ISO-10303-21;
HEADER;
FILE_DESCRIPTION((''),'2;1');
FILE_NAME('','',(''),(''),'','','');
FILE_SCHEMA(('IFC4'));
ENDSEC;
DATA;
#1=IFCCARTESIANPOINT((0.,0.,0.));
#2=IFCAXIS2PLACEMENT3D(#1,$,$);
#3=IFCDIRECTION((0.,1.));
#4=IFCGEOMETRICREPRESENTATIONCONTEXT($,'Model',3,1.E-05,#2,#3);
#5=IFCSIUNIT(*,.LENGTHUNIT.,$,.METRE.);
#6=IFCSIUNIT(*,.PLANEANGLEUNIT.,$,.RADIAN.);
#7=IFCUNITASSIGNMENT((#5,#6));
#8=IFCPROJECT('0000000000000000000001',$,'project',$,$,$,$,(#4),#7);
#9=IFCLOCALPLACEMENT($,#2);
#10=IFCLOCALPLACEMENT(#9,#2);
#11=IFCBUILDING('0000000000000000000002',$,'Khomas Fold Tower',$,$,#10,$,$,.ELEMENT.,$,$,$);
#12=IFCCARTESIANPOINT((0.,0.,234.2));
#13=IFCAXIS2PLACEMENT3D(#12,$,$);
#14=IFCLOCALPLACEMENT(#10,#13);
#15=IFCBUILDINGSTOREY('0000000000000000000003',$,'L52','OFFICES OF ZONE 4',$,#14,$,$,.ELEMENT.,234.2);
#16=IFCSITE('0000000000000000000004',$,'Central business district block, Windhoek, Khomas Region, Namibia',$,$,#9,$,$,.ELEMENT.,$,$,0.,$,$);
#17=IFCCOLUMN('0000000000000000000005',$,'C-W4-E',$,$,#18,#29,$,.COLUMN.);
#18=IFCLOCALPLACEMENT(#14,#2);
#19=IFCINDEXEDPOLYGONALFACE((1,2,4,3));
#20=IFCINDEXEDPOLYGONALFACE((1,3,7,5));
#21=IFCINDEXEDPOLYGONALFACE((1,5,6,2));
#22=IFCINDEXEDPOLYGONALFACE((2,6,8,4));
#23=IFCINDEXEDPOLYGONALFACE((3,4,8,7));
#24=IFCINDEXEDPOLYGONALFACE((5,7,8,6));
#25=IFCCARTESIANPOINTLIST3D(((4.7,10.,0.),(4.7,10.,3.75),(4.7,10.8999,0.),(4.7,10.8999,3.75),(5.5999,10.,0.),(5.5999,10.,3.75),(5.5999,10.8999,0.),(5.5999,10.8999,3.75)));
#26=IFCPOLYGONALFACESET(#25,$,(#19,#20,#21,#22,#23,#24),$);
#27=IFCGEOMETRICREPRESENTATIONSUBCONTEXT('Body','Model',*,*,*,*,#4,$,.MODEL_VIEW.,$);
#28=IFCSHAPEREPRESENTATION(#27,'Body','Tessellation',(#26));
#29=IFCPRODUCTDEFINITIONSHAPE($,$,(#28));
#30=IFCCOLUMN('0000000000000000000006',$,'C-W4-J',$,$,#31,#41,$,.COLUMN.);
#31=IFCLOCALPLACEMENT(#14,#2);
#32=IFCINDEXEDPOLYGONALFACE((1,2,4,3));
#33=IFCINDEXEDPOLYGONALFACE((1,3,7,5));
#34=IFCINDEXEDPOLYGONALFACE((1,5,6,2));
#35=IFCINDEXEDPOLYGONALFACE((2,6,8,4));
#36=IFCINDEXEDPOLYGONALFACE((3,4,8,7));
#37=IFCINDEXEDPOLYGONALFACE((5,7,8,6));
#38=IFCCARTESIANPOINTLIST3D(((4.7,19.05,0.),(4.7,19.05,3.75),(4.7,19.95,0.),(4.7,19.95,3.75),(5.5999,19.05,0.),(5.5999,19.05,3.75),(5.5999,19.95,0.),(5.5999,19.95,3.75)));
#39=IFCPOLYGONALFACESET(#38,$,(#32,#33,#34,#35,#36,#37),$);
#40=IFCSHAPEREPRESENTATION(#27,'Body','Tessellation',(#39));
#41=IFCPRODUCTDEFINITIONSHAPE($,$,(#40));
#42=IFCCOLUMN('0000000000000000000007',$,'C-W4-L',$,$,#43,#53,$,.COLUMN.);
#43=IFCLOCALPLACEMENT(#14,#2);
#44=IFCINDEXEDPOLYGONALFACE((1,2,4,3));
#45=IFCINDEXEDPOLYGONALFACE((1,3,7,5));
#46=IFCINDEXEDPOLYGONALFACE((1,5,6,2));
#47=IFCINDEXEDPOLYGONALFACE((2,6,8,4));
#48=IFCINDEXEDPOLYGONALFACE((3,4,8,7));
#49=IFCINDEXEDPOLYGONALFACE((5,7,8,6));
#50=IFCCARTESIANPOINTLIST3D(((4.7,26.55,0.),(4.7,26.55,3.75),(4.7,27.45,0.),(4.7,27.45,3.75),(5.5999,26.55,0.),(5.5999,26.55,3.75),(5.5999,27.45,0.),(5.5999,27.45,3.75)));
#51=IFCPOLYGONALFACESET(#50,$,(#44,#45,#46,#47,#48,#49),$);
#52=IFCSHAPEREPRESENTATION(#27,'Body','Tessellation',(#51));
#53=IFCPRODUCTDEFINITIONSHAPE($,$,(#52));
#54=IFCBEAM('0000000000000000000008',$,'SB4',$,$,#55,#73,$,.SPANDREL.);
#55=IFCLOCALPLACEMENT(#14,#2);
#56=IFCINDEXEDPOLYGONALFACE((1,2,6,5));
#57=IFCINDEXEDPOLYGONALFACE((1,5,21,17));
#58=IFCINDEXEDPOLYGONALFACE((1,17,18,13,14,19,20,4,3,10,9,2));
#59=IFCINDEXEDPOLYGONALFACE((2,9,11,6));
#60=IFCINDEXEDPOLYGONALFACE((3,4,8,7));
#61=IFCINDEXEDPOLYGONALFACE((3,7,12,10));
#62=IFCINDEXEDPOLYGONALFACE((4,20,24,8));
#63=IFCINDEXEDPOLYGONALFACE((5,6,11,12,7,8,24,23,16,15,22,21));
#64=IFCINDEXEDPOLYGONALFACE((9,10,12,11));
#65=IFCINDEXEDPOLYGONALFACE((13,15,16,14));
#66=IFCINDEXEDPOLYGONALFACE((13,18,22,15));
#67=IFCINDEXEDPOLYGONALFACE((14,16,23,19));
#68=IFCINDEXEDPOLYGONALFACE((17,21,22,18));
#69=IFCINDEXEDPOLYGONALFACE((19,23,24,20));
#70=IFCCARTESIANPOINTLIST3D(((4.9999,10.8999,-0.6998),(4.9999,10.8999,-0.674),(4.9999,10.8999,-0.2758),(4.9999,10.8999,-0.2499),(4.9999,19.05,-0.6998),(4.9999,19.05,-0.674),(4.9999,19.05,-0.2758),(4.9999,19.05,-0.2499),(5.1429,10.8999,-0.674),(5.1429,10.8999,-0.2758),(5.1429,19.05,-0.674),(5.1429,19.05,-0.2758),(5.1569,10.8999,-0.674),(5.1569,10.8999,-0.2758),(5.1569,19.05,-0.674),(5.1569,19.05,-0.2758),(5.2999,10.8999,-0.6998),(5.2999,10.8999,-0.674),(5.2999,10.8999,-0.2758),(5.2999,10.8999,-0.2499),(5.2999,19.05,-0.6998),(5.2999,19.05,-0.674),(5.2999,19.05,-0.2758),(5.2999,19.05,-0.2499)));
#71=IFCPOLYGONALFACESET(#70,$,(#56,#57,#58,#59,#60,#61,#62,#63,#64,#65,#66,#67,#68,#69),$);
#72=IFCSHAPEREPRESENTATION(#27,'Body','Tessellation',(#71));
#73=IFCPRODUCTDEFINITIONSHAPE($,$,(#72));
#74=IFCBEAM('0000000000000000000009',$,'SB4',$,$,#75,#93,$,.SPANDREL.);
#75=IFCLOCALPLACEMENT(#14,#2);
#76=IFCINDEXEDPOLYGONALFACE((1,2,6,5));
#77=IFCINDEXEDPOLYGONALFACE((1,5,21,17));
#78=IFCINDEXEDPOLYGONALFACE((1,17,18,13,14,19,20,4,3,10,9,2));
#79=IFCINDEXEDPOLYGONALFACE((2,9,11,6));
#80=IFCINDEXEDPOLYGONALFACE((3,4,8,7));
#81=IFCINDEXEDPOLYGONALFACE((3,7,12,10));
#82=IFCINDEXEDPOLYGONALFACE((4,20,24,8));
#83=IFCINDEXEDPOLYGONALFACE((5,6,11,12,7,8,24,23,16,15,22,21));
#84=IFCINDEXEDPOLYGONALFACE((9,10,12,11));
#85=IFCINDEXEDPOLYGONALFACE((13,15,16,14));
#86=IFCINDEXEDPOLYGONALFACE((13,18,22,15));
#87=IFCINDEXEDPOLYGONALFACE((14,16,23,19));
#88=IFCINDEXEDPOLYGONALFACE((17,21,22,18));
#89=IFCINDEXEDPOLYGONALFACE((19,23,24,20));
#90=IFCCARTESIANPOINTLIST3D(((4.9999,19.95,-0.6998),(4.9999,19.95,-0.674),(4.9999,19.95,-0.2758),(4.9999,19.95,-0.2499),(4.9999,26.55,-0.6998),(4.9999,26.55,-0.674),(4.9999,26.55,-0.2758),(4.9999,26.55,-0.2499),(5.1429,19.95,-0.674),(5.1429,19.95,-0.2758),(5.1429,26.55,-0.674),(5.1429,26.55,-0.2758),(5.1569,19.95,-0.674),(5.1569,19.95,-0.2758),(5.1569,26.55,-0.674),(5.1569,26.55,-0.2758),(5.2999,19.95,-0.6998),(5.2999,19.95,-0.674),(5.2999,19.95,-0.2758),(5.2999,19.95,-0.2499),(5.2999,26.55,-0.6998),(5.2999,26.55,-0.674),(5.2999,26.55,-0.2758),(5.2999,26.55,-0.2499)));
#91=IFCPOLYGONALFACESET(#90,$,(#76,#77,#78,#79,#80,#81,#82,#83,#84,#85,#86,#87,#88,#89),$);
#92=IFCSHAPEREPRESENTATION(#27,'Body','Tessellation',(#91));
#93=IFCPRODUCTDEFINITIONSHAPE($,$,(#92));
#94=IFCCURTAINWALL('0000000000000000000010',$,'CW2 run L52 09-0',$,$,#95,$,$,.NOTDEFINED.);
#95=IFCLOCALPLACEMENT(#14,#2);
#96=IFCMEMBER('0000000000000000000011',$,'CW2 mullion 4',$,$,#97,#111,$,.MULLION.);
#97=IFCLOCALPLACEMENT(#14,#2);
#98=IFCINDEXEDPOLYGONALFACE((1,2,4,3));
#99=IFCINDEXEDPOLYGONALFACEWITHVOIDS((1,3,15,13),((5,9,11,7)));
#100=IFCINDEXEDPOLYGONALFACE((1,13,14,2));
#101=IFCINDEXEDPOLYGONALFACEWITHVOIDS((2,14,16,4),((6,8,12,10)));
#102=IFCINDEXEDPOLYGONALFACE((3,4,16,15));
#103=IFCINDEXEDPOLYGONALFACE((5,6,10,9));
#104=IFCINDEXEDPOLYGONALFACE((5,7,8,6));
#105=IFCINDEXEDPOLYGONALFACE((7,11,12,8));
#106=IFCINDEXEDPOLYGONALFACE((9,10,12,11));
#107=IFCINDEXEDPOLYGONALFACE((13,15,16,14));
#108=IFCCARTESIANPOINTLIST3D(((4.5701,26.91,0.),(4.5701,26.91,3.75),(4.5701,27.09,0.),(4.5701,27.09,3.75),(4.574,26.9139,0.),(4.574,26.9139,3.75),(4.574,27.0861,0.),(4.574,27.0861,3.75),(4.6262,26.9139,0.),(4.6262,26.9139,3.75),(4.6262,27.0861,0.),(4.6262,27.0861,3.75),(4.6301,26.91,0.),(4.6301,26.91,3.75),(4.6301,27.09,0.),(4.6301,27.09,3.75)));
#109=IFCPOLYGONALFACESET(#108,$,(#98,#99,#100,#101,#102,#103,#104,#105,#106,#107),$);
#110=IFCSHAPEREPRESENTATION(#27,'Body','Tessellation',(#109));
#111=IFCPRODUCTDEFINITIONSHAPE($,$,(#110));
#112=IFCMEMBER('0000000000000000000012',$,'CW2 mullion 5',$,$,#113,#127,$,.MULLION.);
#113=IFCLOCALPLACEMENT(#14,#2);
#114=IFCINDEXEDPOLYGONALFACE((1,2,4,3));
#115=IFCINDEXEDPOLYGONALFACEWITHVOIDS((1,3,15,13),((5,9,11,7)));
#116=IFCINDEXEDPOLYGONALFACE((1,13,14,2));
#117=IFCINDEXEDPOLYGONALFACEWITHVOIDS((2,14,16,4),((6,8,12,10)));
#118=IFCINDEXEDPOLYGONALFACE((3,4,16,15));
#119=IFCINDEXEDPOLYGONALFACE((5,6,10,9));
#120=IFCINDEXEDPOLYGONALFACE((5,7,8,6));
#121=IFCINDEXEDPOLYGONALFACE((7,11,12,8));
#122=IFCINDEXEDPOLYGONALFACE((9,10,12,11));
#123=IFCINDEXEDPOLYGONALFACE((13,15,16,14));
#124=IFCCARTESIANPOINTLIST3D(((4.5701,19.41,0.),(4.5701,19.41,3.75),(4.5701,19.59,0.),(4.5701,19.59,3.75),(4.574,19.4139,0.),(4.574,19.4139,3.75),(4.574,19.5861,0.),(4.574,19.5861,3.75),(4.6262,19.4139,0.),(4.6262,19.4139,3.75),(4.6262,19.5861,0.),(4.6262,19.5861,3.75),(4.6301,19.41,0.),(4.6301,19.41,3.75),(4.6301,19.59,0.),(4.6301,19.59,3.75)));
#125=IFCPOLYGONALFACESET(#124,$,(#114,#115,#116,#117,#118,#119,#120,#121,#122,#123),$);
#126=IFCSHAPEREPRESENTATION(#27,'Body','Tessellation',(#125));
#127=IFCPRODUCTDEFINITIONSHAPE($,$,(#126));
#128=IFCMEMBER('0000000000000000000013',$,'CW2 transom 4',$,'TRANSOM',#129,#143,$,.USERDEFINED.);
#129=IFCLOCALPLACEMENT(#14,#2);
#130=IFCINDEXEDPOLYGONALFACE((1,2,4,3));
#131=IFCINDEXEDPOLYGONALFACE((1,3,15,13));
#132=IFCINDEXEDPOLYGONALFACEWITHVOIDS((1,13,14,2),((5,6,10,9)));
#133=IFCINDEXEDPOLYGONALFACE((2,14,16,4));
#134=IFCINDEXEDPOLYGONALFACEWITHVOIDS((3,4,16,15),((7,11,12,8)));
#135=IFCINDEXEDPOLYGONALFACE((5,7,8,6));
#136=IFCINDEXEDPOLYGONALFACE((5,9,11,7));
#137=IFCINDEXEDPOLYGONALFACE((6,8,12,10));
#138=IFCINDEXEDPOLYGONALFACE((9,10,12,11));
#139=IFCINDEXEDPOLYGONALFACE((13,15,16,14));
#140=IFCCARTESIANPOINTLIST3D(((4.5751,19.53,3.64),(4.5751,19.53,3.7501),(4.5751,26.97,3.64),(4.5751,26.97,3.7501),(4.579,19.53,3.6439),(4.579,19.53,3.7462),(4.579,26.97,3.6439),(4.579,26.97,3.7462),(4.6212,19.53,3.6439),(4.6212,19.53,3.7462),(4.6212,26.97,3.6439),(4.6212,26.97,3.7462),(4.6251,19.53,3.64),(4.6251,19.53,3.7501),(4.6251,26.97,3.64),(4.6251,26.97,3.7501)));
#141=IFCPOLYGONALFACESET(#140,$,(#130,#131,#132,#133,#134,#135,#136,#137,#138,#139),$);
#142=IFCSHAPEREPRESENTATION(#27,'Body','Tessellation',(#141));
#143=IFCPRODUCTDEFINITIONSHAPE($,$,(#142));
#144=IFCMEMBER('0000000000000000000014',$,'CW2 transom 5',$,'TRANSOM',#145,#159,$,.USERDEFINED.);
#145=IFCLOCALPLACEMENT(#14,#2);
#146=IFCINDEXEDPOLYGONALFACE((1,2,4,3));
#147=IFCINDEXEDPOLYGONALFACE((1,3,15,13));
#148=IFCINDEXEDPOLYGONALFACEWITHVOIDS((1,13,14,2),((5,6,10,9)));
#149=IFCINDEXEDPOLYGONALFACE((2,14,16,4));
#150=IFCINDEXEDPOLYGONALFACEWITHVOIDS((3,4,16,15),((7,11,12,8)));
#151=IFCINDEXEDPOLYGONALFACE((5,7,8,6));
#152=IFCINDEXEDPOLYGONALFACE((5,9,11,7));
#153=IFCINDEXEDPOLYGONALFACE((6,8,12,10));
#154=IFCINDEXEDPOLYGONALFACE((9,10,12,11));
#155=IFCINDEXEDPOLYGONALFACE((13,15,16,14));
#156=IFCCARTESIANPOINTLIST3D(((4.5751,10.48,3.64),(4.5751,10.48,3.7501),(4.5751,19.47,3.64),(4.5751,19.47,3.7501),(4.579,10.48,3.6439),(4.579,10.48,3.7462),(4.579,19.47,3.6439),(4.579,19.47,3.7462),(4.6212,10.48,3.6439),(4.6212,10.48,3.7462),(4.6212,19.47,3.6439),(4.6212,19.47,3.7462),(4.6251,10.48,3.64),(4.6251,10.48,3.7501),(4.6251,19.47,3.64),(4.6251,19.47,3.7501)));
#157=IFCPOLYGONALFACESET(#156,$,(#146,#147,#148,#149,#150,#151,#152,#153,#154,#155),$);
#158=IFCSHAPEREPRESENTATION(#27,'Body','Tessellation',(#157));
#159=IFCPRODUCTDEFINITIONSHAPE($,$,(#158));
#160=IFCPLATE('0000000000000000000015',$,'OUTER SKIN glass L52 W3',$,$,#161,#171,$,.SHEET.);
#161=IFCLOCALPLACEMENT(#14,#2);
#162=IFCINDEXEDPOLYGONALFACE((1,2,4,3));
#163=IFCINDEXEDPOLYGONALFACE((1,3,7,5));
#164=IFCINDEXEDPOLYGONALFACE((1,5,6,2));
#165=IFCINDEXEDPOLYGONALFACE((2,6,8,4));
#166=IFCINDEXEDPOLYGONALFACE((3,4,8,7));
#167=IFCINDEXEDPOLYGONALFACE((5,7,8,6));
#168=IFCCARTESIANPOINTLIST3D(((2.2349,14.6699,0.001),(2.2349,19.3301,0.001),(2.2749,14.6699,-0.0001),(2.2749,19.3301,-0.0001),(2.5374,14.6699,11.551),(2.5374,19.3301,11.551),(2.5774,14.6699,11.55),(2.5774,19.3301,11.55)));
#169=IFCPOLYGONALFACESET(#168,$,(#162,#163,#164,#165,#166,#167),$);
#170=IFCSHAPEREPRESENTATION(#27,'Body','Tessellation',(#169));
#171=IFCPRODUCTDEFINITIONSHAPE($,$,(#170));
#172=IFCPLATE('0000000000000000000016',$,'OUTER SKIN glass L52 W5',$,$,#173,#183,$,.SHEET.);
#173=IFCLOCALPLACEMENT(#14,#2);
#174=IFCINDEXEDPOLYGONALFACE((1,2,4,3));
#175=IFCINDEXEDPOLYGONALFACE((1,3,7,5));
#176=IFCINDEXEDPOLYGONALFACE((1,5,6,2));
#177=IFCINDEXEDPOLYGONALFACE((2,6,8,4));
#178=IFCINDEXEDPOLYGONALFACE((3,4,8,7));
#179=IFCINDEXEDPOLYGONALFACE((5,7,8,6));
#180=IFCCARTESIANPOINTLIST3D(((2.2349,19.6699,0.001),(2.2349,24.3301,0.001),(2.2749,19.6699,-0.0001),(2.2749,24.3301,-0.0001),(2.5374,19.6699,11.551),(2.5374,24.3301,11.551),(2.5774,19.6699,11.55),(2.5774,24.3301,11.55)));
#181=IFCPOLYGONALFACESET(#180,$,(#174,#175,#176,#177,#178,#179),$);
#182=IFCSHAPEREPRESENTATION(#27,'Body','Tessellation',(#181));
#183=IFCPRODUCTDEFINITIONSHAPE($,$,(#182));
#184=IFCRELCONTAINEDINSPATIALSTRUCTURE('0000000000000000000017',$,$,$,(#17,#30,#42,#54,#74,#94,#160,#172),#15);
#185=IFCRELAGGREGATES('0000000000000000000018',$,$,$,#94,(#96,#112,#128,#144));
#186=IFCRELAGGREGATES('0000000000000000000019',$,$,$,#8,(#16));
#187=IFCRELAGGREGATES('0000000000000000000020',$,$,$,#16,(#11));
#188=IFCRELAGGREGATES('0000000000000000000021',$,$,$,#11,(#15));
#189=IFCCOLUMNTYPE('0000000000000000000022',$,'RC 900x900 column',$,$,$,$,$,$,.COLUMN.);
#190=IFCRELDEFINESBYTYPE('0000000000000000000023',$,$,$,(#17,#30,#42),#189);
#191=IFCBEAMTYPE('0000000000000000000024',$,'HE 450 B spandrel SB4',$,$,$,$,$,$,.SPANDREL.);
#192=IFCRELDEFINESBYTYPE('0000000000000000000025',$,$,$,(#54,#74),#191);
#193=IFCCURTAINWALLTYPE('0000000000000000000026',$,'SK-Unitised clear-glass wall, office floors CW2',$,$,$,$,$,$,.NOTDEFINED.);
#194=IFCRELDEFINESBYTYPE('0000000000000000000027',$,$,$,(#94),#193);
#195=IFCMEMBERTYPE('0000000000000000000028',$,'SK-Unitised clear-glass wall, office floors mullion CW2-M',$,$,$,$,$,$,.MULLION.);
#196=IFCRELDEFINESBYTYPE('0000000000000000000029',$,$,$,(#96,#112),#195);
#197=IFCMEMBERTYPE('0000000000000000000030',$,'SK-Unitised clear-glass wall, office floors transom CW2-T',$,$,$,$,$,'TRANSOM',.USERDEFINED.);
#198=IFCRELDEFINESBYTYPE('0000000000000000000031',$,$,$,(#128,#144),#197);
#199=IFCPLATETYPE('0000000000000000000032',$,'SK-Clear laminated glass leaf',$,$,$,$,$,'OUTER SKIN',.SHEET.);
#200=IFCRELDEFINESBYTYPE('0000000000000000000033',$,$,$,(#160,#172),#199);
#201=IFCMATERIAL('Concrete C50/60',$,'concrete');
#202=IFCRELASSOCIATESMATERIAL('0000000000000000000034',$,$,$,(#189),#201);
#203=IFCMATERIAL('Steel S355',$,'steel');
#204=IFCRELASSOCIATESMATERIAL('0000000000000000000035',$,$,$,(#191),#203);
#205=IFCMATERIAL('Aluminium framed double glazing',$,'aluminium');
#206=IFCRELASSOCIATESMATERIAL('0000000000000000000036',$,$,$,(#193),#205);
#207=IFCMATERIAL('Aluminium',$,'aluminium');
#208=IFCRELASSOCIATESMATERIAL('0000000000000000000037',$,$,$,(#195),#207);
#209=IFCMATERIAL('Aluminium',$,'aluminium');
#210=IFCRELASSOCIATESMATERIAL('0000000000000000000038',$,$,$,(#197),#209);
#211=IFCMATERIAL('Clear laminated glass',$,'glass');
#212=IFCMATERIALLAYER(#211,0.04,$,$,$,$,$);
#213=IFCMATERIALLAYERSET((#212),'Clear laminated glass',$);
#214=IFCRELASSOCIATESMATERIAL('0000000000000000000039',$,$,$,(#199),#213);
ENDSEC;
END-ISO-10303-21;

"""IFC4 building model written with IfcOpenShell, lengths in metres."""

from ifc_helpers import new_model, si_unit, direction, frame, origin, origin_2d, place, context, subcontext, project, spatial, polyline, rectangle, hollow_rectangle, i_section, outline, extrude, source, transform, mapped, material, layer, layer_set, material_profile, profile_set, type_object, element, aggregate, save


model = new_model("IFC4")

# Units and contexts
model_context = context("Model", 3, precision=1e-05, world=origin(), true_north=direction((0.0, 1.0)))
body_context = subcontext(model_context, "Body", "Model", "MODEL_VIEW")
ifc_project = project(units=[si_unit("LENGTHUNIT", "METRE"), si_unit("PLANEANGLEUNIT", "RADIAN")], contexts=[model_context])

# Site, building, storey
site_placement = place(None, origin())
site = spatial("IfcSite", under=ifc_project, at=site_placement, Name="Central business district block, Windhoek, Khomas Region, Namibia", CompositionType="ELEMENT", RefElevation=0.0)
building_placement = place(site_placement, origin())
building = spatial("IfcBuilding", under=site, at=building_placement, Name="Khomas Fold Tower", CompositionType="ELEMENT")
storey_placement = place(building_placement, frame((0.0, 0.0, 234.2)))
storey = spatial("IfcBuildingStorey", under=building, at=storey_placement, Name="L52", Description="OFFICES OF ZONE 4", CompositionType="ELEMENT", Elevation=234.2)

# Columns
ifc_material_1 = material(Name="Concrete C50/60", Category="concrete")
ifc_material_profile_1 = material_profile(ifc_material_1, rectangle(XDim=0.8999, YDim=0.8999, at=origin_2d()), Name="RC 900x900")
ifc_profile_set_1 = profile_set([ifc_material_profile_1], Name="Concrete C50/60")
column_type = type_object("IfcColumnType", Name="RC 900x900 column", PredefinedType="COLUMN", material=ifc_profile_set_1)
shared_shape_1 = source(origin(), body_context, "Body", "SweptSolid", [
    extrude(rectangle(XDim=0.8999, YDim=0.8999, at=origin_2d()), origin(), (0.0, 0.0, 1.0), 3.75),
])
for number, where, z_axis, x_axis, name in (
    (1, (5.1499, 10.45, 0.0), (0.0, 0.0, 1.0), (1.0, 0.0, 0.0), "C-W4-E"),
    (2, (5.1499, 19.5, 0.0), (0.0, 0.0, 1.0), (1.0, 0.0, 0.0), "C-W4-J"),
    (3, (5.1499, 27.0, 0.0), (0.0, 0.0, 1.0), (1.0, 0.0, 0.0), "C-W4-L"),
):
    element("IfcColumn", number, at=place(storey_placement, frame(where, z_axis=z_axis, x_axis=x_axis)), inside=storey, type_object=column_type, Name=name, PredefinedType="COLUMN", context=body_context, shape_type="MappedRepresentation", body=[
        mapped(shared_shape_1, transform((0.0, 0.0, 0.0))),
    ])

# Beams
ifc_material_2 = material(Name="Steel S355", Category="steel")
ifc_material_profile_2 = material_profile(ifc_material_2, i_section(OverallWidth=0.3, OverallDepth=0.45, WebThickness=0.0139, FlangeThickness=0.0259, at=origin_2d()), Name="HE 450 B")
ifc_profile_set_2 = profile_set([ifc_material_profile_2], Name="Steel S355")
beam_type = type_object("IfcBeamType", Name="HE 450 B spandrel SB4", PredefinedType="SPANDREL", material=ifc_profile_set_2)
shared_shape_2 = source(origin(), body_context, "Body", "SweptSolid", [
    extrude(i_section(OverallWidth=0.3, OverallDepth=0.45, WebThickness=0.0139, FlangeThickness=0.0259, at=origin_2d()), origin(), (0.0, 0.0, 1.0), 8.1501),
])
beam_1_placement = place(storey_placement, frame((5.1499, 10.8999, -0.4749), z_axis=(0.0, 1.0, 0.0), x_axis=(-1.0, 0.0, 0.0)))
element("IfcBeam", 4, at=beam_1_placement, inside=storey, type_object=beam_type, Name="SB4", PredefinedType="SPANDREL", context=body_context, shape_type="MappedRepresentation", body=[
    mapped(shared_shape_2, transform((0.0, 0.0, 0.0))),
])
shared_shape_3 = source(origin(), body_context, "Body", "SweptSolid", [
    extrude(i_section(OverallWidth=0.3, OverallDepth=0.45, WebThickness=0.0139, FlangeThickness=0.0259, at=origin_2d()), origin(), (0.0, 0.0, 1.0), 6.6001),
])
beam_2_placement = place(storey_placement, frame((5.1499, 19.95, -0.4749), z_axis=(0.0, 1.0, 0.0), x_axis=(-1.0, 0.0, 0.0)))
element("IfcBeam", 5, at=beam_2_placement, inside=storey, type_object=beam_type, Name="SB4", PredefinedType="SPANDREL", context=body_context, shape_type="MappedRepresentation", body=[
    mapped(shared_shape_3, transform((0.0, 0.0, 0.0))),
])

# Curtain wall, members
ifc_material_3 = material(Name="Aluminium framed double glazing", Category="aluminium")
curtain_wall_type = type_object("IfcCurtainWallType", Name="SK-Unitised clear-glass wall, office floors CW2", PredefinedType="NOTDEFINED", material=ifc_material_3)
curtain_wall_placement = place(storey_placement, origin())
curtain_wall = element("IfcCurtainWall", 6, at=curtain_wall_placement, inside=storey, type_object=curtain_wall_type, Name="CW2 run L52 09-0", PredefinedType="NOTDEFINED")
ifc_material_4 = material(Name="Aluminium", Category="aluminium")
ifc_material_profile_3 = material_profile(ifc_material_4, hollow_rectangle(XDim=0.0601, YDim=0.1799, WallThickness=0.0039, at=origin_2d()), Name="SK-Unitised clear-glass wall, office floors mullion CW2-M")
ifc_profile_set_3 = profile_set([ifc_material_profile_3], Name="Aluminium")
member_type_1 = type_object("IfcMemberType", Name="SK-Unitised clear-glass wall, office floors mullion CW2-M", PredefinedType="MULLION", material=ifc_profile_set_3)
shared_shape_4 = source(origin(), body_context, "Body", "SweptSolid", [
    extrude(hollow_rectangle(XDim=0.0601, YDim=0.1799, WallThickness=0.0039, at=origin_2d()), origin(), (0.0, 0.0, 1.0), 3.75),
])
member_1_placement = place(storey_placement, frame((4.6001, 27.0, 0.0), z_axis=(0.0, 0.0, 1.0), x_axis=(1.0, 0.0, 0.0)))
member_1 = element("IfcMember", 7, at=member_1_placement, type_object=member_type_1, Name="CW2 mullion 4", PredefinedType="MULLION", context=body_context, shape_type="MappedRepresentation", body=[
    mapped(shared_shape_4, transform((0.0, 0.0, 0.0))),
])
member_2_placement = place(storey_placement, frame((4.6001, 19.5, 0.0), z_axis=(0.0, 0.0, 1.0), x_axis=(1.0, 0.0, 0.0)))
member_2 = element("IfcMember", 8, at=member_2_placement, type_object=member_type_1, Name="CW2 mullion 5", PredefinedType="MULLION", context=body_context, shape_type="MappedRepresentation", body=[
    mapped(shared_shape_4, transform((0.0, 0.0, 0.0))),
])
ifc_material_5 = material(Name="Aluminium", Category="aluminium")
ifc_material_profile_4 = material_profile(ifc_material_5, hollow_rectangle(XDim=0.05, YDim=0.1101, WallThickness=0.0039, at=origin_2d()), Name="SK-Unitised clear-glass wall, office floors transom CW2-T")
ifc_profile_set_4 = profile_set([ifc_material_profile_4], Name="Aluminium")
member_type_2 = type_object("IfcMemberType", Name="SK-Unitised clear-glass wall, office floors transom CW2-T", ElementType="TRANSOM", PredefinedType="USERDEFINED", material=ifc_profile_set_4)
shared_shape_5 = source(origin(), body_context, "Body", "SweptSolid", [
    extrude(hollow_rectangle(XDim=0.05, YDim=0.1101, WallThickness=0.0039, at=origin_2d()), origin(), (0.0, 0.0, 1.0), 7.4399),
])
member_3_placement = place(storey_placement, frame((4.6001, 26.97, 3.6951), z_axis=(0.0, -1.0, 0.0), x_axis=(1.0, 0.0, 0.0)))
member_3 = element("IfcMember", 9, at=member_3_placement, type_object=member_type_2, Name="CW2 transom 4", ObjectType="TRANSOM", PredefinedType="USERDEFINED", context=body_context, shape_type="MappedRepresentation", body=[
    mapped(shared_shape_5, transform((0.0, 0.0, 0.0))),
])
shared_shape_6 = source(origin(), body_context, "Body", "SweptSolid", [
    extrude(hollow_rectangle(XDim=0.05, YDim=0.1101, WallThickness=0.0039, at=origin_2d()), origin(), (0.0, 0.0, 1.0), 8.99),
])
member_4_placement = place(storey_placement, frame((4.6001, 19.47, 3.6951), z_axis=(0.0, -1.0, 0.0), x_axis=(1.0, 0.0, 0.0)))
member_4 = element("IfcMember", 10, at=member_4_placement, type_object=member_type_2, Name="CW2 transom 5", ObjectType="TRANSOM", PredefinedType="USERDEFINED", context=body_context, shape_type="MappedRepresentation", body=[
    mapped(shared_shape_6, transform((0.0, 0.0, 0.0))),
])

# Plates
ifc_material_6 = material(Name="Clear laminated glass", Category="glass")
ifc_layer_1 = layer(ifc_material_6, 0.04)
ifc_layer_set_1 = layer_set([ifc_layer_1], Name="Clear laminated glass")
plate_type_1 = type_object("IfcPlateType", Name="SK-Clear laminated glass leaf", ElementType="OUTER SKIN", PredefinedType="SHEET", material=ifc_layer_set_1)
for number, where, z_axis, x_axis, name in (
    (11, (2.2349, 14.6699, 0.001), (-0.999657, 0.0, 0.026181), (0.0, 1.0, 0.0), "OUTER SKIN glass L52 W3"),
    (12, (2.2349, 19.6699, 0.001), (-0.999657, 0.0, 0.026181), (0.0, 1.0, 0.0), "OUTER SKIN glass L52 W5"),
):
    element("IfcPlate", number, at=place(storey_placement, frame(where, z_axis=z_axis, x_axis=x_axis)), inside=storey, type_object=plate_type_1, Name=name, PredefinedType="SHEET", context=body_context, shape_type="SweptSolid", body=[
        extrude(outline(polyline([(0.0, 0.0), (4.6602, 0.0), (4.6602, -11.554), (0.0, -11.554), (0.0, 0.0)])), origin(), (0.0, 0.0, -1.0), 0.04),
    ])

aggregate(curtain_wall, [member_1, member_2, member_3, member_4])

save(model, "model.ifc")
